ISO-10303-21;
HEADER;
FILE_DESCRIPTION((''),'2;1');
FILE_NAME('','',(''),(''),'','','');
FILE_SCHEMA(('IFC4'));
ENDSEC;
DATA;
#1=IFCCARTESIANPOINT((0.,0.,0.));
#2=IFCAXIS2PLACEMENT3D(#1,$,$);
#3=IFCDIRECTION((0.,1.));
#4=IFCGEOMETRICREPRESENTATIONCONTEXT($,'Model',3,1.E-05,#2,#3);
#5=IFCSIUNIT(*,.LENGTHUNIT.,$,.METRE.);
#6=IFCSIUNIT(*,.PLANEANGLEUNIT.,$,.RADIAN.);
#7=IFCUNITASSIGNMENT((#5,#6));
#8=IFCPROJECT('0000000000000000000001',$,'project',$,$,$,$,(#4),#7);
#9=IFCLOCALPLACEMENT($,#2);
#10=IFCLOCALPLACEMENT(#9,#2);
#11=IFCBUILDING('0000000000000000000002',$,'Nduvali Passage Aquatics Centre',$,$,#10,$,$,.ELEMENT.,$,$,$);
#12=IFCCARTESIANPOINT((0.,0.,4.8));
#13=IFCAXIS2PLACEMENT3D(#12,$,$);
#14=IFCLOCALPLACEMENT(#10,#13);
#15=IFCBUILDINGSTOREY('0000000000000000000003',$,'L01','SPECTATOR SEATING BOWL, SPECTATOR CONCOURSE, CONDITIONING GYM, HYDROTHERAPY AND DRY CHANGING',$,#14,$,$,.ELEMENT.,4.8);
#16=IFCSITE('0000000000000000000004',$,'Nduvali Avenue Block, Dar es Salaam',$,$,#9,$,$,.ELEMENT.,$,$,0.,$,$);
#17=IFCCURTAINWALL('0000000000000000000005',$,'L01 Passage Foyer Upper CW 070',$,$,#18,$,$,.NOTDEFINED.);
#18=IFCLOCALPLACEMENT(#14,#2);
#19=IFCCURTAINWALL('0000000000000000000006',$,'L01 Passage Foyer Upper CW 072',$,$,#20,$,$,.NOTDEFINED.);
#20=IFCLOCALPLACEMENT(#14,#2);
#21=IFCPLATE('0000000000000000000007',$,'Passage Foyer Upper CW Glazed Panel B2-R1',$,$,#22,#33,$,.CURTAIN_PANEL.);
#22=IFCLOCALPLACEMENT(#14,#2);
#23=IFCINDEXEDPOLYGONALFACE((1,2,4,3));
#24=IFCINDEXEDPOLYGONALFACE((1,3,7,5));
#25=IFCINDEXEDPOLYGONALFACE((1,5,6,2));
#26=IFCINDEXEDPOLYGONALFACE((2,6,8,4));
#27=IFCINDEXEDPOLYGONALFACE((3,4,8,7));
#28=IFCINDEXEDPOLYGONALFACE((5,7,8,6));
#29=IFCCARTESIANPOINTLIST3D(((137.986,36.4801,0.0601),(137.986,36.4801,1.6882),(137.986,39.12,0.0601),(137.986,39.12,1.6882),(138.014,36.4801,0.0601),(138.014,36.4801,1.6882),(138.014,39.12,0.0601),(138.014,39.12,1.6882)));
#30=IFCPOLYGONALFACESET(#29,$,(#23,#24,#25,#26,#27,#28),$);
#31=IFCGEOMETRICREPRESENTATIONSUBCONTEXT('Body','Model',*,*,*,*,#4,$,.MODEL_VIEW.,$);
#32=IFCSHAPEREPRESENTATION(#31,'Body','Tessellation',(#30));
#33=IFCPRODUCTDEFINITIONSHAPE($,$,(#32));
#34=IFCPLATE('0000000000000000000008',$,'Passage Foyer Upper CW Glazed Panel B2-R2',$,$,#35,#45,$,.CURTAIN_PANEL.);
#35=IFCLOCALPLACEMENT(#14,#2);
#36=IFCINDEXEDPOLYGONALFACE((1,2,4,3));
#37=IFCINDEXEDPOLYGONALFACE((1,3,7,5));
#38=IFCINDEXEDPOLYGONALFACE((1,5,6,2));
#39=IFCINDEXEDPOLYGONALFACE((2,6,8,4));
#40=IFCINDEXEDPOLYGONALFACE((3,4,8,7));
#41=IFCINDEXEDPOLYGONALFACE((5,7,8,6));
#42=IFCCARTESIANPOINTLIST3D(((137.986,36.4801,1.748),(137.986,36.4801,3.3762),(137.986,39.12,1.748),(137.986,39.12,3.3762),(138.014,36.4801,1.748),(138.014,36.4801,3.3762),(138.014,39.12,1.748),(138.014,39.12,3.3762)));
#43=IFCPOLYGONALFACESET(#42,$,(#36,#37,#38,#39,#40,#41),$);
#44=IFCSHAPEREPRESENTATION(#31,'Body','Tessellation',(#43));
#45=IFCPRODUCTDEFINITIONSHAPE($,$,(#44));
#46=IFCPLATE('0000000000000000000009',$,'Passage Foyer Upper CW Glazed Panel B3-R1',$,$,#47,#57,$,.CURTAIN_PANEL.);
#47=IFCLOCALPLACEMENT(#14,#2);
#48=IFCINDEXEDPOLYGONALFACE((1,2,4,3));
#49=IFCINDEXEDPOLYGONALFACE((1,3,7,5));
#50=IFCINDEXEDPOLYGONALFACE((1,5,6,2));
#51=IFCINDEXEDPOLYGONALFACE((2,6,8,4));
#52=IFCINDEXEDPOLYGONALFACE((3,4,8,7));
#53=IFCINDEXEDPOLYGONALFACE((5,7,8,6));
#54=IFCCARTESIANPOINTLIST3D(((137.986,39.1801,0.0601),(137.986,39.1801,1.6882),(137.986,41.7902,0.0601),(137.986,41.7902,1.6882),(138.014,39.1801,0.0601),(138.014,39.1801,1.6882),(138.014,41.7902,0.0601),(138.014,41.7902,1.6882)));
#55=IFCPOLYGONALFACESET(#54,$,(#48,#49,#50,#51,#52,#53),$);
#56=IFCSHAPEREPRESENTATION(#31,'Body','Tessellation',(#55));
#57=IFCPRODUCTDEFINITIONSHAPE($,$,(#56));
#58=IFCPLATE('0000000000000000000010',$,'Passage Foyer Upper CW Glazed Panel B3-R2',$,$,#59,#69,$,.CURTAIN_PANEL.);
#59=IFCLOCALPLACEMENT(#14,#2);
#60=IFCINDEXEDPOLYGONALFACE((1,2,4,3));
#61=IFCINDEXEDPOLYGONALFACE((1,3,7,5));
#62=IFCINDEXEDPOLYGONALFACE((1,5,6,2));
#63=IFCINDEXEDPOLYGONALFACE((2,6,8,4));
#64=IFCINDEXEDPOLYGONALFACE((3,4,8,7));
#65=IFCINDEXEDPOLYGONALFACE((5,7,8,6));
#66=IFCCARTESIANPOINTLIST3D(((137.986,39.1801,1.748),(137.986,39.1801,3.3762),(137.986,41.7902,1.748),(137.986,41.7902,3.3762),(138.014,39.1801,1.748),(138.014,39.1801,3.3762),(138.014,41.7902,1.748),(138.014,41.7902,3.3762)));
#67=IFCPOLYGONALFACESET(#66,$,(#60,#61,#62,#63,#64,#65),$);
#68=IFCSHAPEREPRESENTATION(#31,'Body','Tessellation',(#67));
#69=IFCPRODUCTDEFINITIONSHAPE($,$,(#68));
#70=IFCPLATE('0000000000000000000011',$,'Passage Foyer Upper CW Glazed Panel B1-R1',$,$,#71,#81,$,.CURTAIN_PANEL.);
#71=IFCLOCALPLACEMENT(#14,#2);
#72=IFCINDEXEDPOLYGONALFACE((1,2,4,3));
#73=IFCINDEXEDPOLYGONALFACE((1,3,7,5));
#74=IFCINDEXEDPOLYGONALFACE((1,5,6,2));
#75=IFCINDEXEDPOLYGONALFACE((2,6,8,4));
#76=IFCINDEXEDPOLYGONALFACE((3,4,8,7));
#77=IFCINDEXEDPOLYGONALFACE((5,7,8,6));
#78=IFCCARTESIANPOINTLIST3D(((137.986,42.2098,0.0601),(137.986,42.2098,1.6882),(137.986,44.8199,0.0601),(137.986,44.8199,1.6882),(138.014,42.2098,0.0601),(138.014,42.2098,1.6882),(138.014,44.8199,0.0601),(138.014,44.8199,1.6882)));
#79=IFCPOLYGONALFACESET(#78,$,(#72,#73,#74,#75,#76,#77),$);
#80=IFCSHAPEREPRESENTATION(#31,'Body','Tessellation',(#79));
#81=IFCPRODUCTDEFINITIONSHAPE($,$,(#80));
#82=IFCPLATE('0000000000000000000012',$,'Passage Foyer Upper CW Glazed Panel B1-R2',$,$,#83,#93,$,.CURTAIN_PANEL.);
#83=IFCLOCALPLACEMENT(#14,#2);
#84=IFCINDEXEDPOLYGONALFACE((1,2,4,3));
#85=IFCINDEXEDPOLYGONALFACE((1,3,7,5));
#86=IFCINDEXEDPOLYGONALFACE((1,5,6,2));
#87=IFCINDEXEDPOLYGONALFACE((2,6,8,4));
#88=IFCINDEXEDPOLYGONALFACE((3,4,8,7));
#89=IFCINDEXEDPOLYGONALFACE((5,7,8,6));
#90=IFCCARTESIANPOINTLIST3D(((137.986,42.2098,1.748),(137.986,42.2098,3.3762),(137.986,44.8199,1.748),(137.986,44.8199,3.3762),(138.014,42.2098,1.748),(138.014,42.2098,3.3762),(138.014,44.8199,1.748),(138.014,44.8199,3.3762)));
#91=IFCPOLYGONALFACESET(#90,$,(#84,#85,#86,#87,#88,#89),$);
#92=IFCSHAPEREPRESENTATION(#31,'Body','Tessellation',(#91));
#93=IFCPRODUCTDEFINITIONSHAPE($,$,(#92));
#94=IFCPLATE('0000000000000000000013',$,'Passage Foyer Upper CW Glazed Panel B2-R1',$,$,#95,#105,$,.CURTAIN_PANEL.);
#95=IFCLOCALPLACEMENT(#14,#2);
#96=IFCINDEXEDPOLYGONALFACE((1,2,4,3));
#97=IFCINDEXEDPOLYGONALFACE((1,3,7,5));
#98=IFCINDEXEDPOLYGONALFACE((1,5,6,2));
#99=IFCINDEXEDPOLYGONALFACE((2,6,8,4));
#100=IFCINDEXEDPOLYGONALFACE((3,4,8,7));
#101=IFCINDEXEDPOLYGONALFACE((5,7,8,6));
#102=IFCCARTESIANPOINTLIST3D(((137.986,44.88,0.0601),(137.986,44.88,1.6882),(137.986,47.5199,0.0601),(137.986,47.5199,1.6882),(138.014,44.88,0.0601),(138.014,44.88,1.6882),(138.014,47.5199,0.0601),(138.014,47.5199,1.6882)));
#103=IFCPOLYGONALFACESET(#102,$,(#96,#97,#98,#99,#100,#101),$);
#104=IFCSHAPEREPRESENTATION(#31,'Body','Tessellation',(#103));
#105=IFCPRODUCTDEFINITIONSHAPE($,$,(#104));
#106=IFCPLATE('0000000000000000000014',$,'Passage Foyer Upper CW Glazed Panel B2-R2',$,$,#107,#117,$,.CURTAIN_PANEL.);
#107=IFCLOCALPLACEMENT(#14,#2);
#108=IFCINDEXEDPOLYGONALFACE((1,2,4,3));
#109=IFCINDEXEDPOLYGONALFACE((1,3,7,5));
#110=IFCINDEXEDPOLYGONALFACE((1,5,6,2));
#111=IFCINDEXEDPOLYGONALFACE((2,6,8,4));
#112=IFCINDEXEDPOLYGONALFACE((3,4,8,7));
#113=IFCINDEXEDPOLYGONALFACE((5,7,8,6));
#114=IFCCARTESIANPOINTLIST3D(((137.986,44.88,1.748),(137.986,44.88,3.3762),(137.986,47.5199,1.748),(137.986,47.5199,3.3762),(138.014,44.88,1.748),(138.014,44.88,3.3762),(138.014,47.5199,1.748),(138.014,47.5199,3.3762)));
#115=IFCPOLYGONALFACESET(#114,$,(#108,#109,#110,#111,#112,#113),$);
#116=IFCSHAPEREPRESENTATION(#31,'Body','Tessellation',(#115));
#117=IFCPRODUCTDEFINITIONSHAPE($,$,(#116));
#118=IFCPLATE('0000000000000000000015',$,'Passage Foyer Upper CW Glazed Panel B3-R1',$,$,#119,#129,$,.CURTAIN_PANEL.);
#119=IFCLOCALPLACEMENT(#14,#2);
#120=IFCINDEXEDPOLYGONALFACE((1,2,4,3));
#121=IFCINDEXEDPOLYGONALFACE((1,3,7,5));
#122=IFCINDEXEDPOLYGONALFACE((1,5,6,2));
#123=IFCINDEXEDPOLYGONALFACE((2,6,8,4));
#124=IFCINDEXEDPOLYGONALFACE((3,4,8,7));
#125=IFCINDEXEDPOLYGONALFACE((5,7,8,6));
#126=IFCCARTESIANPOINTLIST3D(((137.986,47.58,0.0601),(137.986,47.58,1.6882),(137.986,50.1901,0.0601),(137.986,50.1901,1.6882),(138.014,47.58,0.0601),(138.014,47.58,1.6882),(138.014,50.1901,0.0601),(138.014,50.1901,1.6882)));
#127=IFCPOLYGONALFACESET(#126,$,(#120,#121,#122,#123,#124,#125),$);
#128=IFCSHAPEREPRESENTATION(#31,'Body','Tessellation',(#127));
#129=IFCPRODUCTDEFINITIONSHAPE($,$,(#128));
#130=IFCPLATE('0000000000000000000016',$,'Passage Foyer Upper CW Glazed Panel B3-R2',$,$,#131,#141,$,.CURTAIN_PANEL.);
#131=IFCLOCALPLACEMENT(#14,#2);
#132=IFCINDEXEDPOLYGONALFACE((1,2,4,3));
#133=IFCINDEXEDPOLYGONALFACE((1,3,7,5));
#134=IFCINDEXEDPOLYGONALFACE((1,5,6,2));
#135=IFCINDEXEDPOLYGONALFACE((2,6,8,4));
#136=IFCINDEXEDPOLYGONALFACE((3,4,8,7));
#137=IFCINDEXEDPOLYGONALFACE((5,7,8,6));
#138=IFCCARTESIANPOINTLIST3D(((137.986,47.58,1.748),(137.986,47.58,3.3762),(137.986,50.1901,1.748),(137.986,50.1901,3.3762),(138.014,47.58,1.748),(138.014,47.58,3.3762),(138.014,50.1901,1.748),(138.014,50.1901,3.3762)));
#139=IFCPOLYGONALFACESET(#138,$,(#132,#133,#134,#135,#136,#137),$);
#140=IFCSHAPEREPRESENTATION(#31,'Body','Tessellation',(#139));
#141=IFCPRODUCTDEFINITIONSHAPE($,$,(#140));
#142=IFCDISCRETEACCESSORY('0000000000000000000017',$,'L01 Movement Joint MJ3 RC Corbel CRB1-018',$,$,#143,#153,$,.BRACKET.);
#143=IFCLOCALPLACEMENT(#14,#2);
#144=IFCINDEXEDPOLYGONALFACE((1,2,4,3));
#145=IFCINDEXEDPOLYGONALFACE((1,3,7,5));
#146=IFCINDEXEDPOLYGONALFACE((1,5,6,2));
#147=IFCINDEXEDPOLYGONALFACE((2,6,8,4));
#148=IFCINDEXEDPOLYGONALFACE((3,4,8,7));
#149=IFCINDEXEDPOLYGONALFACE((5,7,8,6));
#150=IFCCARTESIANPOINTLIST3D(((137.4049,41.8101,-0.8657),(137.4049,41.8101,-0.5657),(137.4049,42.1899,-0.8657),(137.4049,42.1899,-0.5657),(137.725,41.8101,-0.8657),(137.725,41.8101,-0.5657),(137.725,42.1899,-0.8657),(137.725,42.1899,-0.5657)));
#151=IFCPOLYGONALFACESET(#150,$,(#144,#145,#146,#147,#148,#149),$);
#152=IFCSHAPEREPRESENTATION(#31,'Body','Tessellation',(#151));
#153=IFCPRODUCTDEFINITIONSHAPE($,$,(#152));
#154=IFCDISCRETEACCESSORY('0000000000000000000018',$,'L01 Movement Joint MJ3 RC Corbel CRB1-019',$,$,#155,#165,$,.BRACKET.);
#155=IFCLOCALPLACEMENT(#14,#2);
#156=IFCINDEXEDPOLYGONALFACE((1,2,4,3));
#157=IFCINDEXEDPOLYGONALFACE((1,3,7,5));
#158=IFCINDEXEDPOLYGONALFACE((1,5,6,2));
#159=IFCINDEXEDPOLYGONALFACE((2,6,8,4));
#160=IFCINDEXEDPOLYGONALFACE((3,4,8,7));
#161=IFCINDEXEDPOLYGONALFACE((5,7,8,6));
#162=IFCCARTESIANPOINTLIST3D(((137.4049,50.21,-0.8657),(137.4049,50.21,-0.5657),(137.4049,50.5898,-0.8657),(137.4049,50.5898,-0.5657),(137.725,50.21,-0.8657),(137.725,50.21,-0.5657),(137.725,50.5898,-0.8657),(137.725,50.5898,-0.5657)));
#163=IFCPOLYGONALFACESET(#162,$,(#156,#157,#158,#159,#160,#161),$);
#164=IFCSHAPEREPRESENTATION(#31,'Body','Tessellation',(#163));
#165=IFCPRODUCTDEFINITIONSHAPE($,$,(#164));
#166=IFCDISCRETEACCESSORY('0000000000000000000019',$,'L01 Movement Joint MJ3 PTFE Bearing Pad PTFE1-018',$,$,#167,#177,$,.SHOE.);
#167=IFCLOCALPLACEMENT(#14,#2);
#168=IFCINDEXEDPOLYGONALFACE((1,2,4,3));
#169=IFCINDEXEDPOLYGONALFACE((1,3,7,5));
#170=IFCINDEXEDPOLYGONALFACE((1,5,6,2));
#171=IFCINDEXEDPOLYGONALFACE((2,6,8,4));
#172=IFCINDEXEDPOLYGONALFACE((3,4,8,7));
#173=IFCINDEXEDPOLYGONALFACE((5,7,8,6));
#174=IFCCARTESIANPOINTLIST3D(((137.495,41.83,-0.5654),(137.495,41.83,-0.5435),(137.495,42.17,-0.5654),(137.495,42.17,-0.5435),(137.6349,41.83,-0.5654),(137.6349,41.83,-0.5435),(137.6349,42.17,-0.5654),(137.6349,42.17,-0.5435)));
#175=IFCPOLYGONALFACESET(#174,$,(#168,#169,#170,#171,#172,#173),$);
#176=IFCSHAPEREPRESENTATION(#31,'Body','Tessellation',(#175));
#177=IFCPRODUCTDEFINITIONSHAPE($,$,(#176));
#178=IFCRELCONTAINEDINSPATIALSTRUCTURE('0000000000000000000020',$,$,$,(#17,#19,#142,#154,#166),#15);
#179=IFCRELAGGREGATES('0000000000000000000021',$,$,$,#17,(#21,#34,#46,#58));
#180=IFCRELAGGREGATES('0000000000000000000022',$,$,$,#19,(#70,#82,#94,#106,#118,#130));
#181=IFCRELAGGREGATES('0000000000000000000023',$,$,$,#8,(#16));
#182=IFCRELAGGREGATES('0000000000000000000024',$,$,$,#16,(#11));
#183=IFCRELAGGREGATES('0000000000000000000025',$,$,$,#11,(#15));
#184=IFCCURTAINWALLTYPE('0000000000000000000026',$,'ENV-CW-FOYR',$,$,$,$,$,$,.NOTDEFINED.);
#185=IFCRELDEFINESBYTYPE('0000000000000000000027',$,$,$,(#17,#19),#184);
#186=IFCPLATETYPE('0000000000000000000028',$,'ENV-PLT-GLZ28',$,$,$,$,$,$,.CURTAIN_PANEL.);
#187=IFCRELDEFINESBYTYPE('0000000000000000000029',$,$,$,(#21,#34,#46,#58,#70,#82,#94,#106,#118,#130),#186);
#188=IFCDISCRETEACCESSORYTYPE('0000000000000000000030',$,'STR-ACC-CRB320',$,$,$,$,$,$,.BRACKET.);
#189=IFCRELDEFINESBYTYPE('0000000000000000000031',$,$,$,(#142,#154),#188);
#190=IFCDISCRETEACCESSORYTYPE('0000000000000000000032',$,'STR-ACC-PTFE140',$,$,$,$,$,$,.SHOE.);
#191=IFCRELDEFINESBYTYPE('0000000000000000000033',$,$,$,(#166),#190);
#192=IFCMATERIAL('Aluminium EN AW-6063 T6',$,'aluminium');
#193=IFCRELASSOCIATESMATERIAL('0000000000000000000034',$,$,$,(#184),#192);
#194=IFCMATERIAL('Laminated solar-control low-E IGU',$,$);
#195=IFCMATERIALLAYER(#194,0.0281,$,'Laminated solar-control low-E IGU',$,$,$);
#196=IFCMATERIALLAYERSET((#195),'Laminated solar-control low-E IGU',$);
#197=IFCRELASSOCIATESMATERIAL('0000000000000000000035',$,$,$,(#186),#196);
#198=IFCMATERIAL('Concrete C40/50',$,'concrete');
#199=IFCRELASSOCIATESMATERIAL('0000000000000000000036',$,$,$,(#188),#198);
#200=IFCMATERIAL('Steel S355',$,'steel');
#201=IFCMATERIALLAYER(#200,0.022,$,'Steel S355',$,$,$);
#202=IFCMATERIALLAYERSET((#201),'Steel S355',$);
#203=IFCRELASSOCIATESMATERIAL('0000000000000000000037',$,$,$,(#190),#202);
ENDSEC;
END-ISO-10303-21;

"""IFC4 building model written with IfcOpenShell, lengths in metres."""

from ifc_helpers import new_model, si_unit, direction, frame, origin, origin_2d, place, context, subcontext, project, spatial, rectangle, extrude, material, layer, layer_set, type_object, element, aggregate, save


model = new_model("IFC4")

# Units and contexts
model_context = context("Model", 3, precision=1e-05, world=origin(), true_north=direction((0.0, 1.0)))
body_context = subcontext(model_context, "Body", "Model", "MODEL_VIEW")
ifc_project = project(units=[si_unit("LENGTHUNIT", "METRE"), si_unit("PLANEANGLEUNIT", "RADIAN")], contexts=[model_context])

# Site, building, storey
site_placement = place(None, origin())
site = spatial("IfcSite", under=ifc_project, at=site_placement, Name="Nduvali Avenue Block, Dar es Salaam", CompositionType="ELEMENT", RefElevation=0.0)
building_placement = place(site_placement, origin())
building = spatial("IfcBuilding", under=site, at=building_placement, Name="Nduvali Passage Aquatics Centre", CompositionType="ELEMENT")
storey_placement = place(building_placement, frame((0.0, 0.0, 4.8)))
storey = spatial("IfcBuildingStorey", under=building, at=storey_placement, Name="L01", Description="SPECTATOR SEATING BOWL, SPECTATOR CONCOURSE, CONDITIONING GYM, HYDROTHERAPY AND DRY CHANGING", CompositionType="ELEMENT", Elevation=4.8)

# Shared definitions
ifc_material_1 = material(Name="Steel S355", Category="steel")

# Curtain walls
ifc_material_2 = material(Name="Aluminium EN AW-6063 T6", Category="aluminium")
curtain_wall_type = type_object("IfcCurtainWallType", Name="ENV-CW-FOYR", PredefinedType="NOTDEFINED", material=ifc_material_2)
curtain_wall_1_placement = place(storey_placement, origin())
curtain_wall_1 = element("IfcCurtainWall", 1, at=curtain_wall_1_placement, inside=storey, type_object=curtain_wall_type, Name="L01 Passage Foyer Upper CW 070", PredefinedType="NOTDEFINED")
curtain_wall_2_placement = place(storey_placement, origin())
curtain_wall_2 = element("IfcCurtainWall", 2, at=curtain_wall_2_placement, inside=storey, type_object=curtain_wall_type, Name="L01 Passage Foyer Upper CW 072", PredefinedType="NOTDEFINED")

# Plates
ifc_material_3 = material(Name="Laminated solar-control low-E IGU")
ifc_layer_1 = layer(ifc_material_3, 0.0281, Name="Laminated solar-control low-E IGU")
ifc_layer_set_1 = layer_set([ifc_layer_1], Name="Laminated solar-control low-E IGU")
plate_type = type_object("IfcPlateType", Name="ENV-PLT-GLZ28", PredefinedType="CURTAIN_PANEL", material=ifc_layer_set_1)
plate_1_placement = place(storey_placement, frame((138.0, 37.8, 0.0601), z_axis=(0.0, 0.0, 1.0), x_axis=(0.0, 1.0, 0.0)))
plate_1 = element("IfcPlate", 3, at=plate_1_placement, type_object=plate_type, Name="Passage Foyer Upper CW Glazed Panel B2-R1", PredefinedType="CURTAIN_PANEL", context=body_context, shape_type="SweptSolid", body=[
    extrude(rectangle(XDim=2.6399, YDim=0.0281, at=origin_2d()), origin(), (0.0, 0.0, 1.0), 1.6282),
])
plate_2_placement = place(storey_placement, frame((138.0, 37.8, 1.748), z_axis=(0.0, 0.0, 1.0), x_axis=(0.0, 1.0, 0.0)))
plate_2 = element("IfcPlate", 4, at=plate_2_placement, type_object=plate_type, Name="Passage Foyer Upper CW Glazed Panel B2-R2", PredefinedType="CURTAIN_PANEL", context=body_context, shape_type="SweptSolid", body=[
    extrude(rectangle(XDim=2.6399, YDim=0.0281, at=origin_2d()), origin(), (0.0, 0.0, 1.0), 1.6282),
])
plate_3_placement = place(storey_placement, frame((138.0, 40.4851, 0.0601), z_axis=(0.0, 0.0, 1.0), x_axis=(0.0, 1.0, 0.0)))
plate_3 = element("IfcPlate", 5, at=plate_3_placement, type_object=plate_type, Name="Passage Foyer Upper CW Glazed Panel B3-R1", PredefinedType="CURTAIN_PANEL", context=body_context, shape_type="SweptSolid", body=[
    extrude(rectangle(XDim=2.6101, YDim=0.0281, at=origin_2d()), origin(), (0.0, 0.0, 1.0), 1.6282),
])
plate_4_placement = place(storey_placement, frame((138.0, 40.4851, 1.748), z_axis=(0.0, 0.0, 1.0), x_axis=(0.0, 1.0, 0.0)))
plate_4 = element("IfcPlate", 6, at=plate_4_placement, type_object=plate_type, Name="Passage Foyer Upper CW Glazed Panel B3-R2", PredefinedType="CURTAIN_PANEL", context=body_context, shape_type="SweptSolid", body=[
    extrude(rectangle(XDim=2.6101, YDim=0.0281, at=origin_2d()), origin(), (0.0, 0.0, 1.0), 1.6282),
])
aggregate(curtain_wall_1, [plate_1, plate_2, plate_3, plate_4])
plate_5_placement = place(storey_placement, frame((138.0, 43.5149, 0.0601), z_axis=(0.0, 0.0, 1.0), x_axis=(0.0, 1.0, 0.0)))
plate_5 = element("IfcPlate", 7, at=plate_5_placement, type_object=plate_type, Name="Passage Foyer Upper CW Glazed Panel B1-R1", PredefinedType="CURTAIN_PANEL", context=body_context, shape_type="SweptSolid", body=[
    extrude(rectangle(XDim=2.6101, YDim=0.0281, at=origin_2d()), origin(), (0.0, 0.0, 1.0), 1.6282),
])
plate_6_placement = place(storey_placement, frame((138.0, 43.5149, 1.748), z_axis=(0.0, 0.0, 1.0), x_axis=(0.0, 1.0, 0.0)))
plate_6 = element("IfcPlate", 8, at=plate_6_placement, type_object=plate_type, Name="Passage Foyer Upper CW Glazed Panel B1-R2", PredefinedType="CURTAIN_PANEL", context=body_context, shape_type="SweptSolid", body=[
    extrude(rectangle(XDim=2.6101, YDim=0.0281, at=origin_2d()), origin(), (0.0, 0.0, 1.0), 1.6282),
])
plate_7_placement = place(storey_placement, frame((138.0, 46.2, 0.0601), z_axis=(0.0, 0.0, 1.0), x_axis=(0.0, 1.0, 0.0)))
plate_7 = element("IfcPlate", 9, at=plate_7_placement, type_object=plate_type, Name="Passage Foyer Upper CW Glazed Panel B2-R1", PredefinedType="CURTAIN_PANEL", context=body_context, shape_type="SweptSolid", body=[
    extrude(rectangle(XDim=2.6399, YDim=0.0281, at=origin_2d()), origin(), (0.0, 0.0, 1.0), 1.6282),
])
plate_8_placement = place(storey_placement, frame((138.0, 46.2, 1.748), z_axis=(0.0, 0.0, 1.0), x_axis=(0.0, 1.0, 0.0)))
plate_8 = element("IfcPlate", 10, at=plate_8_placement, type_object=plate_type, Name="Passage Foyer Upper CW Glazed Panel B2-R2", PredefinedType="CURTAIN_PANEL", context=body_context, shape_type="SweptSolid", body=[
    extrude(rectangle(XDim=2.6399, YDim=0.0281, at=origin_2d()), origin(), (0.0, 0.0, 1.0), 1.6282),
])
plate_9_placement = place(storey_placement, frame((138.0, 48.885, 0.0601), z_axis=(0.0, 0.0, 1.0), x_axis=(0.0, 1.0, 0.0)))
plate_9 = element("IfcPlate", 11, at=plate_9_placement, type_object=plate_type, Name="Passage Foyer Upper CW Glazed Panel B3-R1", PredefinedType="CURTAIN_PANEL", context=body_context, shape_type="SweptSolid", body=[
    extrude(rectangle(XDim=2.6101, YDim=0.0281, at=origin_2d()), origin(), (0.0, 0.0, 1.0), 1.6282),
])
plate_10_placement = place(storey_placement, frame((138.0, 48.885, 1.748), z_axis=(0.0, 0.0, 1.0), x_axis=(0.0, 1.0, 0.0)))
plate_10 = element("IfcPlate", 12, at=plate_10_placement, type_object=plate_type, Name="Passage Foyer Upper CW Glazed Panel B3-R2", PredefinedType="CURTAIN_PANEL", context=body_context, shape_type="SweptSolid", body=[
    extrude(rectangle(XDim=2.6101, YDim=0.0281, at=origin_2d()), origin(), (0.0, 0.0, 1.0), 1.6282),
])
aggregate(curtain_wall_2, [plate_5, plate_6, plate_7, plate_8, plate_9, plate_10])

# Discrete accessories
ifc_material_4 = material(Name="Concrete C40/50", Category="concrete")
discrete_accessory_type_1 = type_object("IfcDiscreteAccessoryType", Name="STR-ACC-CRB320", PredefinedType="BRACKET", material=ifc_material_4)
for number, where, z_axis, x_axis, name in (
    (13, (137.5649, 42.0, -0.8657), (0.0, 0.0, 1.0), (1.0, 0.0, 0.0), "L01 Movement Joint MJ3 RC Corbel CRB1-018"),
    (14, (137.5649, 50.3999, -0.8657), (0.0, 0.0, 1.0), (1.0, 0.0, 0.0), "L01 Movement Joint MJ3 RC Corbel CRB1-019"),
):
    element("IfcDiscreteAccessory", number, at=place(storey_placement, frame(where, z_axis=z_axis, x_axis=x_axis)), inside=storey, type_object=discrete_accessory_type_1, Name=name, PredefinedType="BRACKET", context=body_context, shape_type="SweptSolid", body=[
        extrude(rectangle(XDim=0.3201, YDim=0.3799, at=origin_2d()), origin(), (0.0, 0.0, 1.0), 0.3),
    ])
ifc_layer_2 = layer(ifc_material_1, 0.022, Name="Steel S355")
ifc_layer_set_2 = layer_set([ifc_layer_2], Name="Steel S355")
discrete_accessory_type_2 = type_object("IfcDiscreteAccessoryType", Name="STR-ACC-PTFE140", PredefinedType="SHOE", material=ifc_layer_set_2)
discrete_accessory_placement = place(storey_placement, frame((137.5649, 42.0, -0.5654), z_axis=(0.0, 0.0, 1.0), x_axis=(1.0, 0.0, 0.0)))
element("IfcDiscreteAccessory", 15, at=discrete_accessory_placement, inside=storey, type_object=discrete_accessory_type_2, Name="L01 Movement Joint MJ3 PTFE Bearing Pad PTFE1-018", PredefinedType="SHOE", context=body_context, shape_type="SweptSolid", body=[
    extrude(rectangle(XDim=0.1399, YDim=0.3401, at=origin_2d()), origin(), (0.0, 0.0, 1.0), 0.022),
])

save(model, "model.ifc")
